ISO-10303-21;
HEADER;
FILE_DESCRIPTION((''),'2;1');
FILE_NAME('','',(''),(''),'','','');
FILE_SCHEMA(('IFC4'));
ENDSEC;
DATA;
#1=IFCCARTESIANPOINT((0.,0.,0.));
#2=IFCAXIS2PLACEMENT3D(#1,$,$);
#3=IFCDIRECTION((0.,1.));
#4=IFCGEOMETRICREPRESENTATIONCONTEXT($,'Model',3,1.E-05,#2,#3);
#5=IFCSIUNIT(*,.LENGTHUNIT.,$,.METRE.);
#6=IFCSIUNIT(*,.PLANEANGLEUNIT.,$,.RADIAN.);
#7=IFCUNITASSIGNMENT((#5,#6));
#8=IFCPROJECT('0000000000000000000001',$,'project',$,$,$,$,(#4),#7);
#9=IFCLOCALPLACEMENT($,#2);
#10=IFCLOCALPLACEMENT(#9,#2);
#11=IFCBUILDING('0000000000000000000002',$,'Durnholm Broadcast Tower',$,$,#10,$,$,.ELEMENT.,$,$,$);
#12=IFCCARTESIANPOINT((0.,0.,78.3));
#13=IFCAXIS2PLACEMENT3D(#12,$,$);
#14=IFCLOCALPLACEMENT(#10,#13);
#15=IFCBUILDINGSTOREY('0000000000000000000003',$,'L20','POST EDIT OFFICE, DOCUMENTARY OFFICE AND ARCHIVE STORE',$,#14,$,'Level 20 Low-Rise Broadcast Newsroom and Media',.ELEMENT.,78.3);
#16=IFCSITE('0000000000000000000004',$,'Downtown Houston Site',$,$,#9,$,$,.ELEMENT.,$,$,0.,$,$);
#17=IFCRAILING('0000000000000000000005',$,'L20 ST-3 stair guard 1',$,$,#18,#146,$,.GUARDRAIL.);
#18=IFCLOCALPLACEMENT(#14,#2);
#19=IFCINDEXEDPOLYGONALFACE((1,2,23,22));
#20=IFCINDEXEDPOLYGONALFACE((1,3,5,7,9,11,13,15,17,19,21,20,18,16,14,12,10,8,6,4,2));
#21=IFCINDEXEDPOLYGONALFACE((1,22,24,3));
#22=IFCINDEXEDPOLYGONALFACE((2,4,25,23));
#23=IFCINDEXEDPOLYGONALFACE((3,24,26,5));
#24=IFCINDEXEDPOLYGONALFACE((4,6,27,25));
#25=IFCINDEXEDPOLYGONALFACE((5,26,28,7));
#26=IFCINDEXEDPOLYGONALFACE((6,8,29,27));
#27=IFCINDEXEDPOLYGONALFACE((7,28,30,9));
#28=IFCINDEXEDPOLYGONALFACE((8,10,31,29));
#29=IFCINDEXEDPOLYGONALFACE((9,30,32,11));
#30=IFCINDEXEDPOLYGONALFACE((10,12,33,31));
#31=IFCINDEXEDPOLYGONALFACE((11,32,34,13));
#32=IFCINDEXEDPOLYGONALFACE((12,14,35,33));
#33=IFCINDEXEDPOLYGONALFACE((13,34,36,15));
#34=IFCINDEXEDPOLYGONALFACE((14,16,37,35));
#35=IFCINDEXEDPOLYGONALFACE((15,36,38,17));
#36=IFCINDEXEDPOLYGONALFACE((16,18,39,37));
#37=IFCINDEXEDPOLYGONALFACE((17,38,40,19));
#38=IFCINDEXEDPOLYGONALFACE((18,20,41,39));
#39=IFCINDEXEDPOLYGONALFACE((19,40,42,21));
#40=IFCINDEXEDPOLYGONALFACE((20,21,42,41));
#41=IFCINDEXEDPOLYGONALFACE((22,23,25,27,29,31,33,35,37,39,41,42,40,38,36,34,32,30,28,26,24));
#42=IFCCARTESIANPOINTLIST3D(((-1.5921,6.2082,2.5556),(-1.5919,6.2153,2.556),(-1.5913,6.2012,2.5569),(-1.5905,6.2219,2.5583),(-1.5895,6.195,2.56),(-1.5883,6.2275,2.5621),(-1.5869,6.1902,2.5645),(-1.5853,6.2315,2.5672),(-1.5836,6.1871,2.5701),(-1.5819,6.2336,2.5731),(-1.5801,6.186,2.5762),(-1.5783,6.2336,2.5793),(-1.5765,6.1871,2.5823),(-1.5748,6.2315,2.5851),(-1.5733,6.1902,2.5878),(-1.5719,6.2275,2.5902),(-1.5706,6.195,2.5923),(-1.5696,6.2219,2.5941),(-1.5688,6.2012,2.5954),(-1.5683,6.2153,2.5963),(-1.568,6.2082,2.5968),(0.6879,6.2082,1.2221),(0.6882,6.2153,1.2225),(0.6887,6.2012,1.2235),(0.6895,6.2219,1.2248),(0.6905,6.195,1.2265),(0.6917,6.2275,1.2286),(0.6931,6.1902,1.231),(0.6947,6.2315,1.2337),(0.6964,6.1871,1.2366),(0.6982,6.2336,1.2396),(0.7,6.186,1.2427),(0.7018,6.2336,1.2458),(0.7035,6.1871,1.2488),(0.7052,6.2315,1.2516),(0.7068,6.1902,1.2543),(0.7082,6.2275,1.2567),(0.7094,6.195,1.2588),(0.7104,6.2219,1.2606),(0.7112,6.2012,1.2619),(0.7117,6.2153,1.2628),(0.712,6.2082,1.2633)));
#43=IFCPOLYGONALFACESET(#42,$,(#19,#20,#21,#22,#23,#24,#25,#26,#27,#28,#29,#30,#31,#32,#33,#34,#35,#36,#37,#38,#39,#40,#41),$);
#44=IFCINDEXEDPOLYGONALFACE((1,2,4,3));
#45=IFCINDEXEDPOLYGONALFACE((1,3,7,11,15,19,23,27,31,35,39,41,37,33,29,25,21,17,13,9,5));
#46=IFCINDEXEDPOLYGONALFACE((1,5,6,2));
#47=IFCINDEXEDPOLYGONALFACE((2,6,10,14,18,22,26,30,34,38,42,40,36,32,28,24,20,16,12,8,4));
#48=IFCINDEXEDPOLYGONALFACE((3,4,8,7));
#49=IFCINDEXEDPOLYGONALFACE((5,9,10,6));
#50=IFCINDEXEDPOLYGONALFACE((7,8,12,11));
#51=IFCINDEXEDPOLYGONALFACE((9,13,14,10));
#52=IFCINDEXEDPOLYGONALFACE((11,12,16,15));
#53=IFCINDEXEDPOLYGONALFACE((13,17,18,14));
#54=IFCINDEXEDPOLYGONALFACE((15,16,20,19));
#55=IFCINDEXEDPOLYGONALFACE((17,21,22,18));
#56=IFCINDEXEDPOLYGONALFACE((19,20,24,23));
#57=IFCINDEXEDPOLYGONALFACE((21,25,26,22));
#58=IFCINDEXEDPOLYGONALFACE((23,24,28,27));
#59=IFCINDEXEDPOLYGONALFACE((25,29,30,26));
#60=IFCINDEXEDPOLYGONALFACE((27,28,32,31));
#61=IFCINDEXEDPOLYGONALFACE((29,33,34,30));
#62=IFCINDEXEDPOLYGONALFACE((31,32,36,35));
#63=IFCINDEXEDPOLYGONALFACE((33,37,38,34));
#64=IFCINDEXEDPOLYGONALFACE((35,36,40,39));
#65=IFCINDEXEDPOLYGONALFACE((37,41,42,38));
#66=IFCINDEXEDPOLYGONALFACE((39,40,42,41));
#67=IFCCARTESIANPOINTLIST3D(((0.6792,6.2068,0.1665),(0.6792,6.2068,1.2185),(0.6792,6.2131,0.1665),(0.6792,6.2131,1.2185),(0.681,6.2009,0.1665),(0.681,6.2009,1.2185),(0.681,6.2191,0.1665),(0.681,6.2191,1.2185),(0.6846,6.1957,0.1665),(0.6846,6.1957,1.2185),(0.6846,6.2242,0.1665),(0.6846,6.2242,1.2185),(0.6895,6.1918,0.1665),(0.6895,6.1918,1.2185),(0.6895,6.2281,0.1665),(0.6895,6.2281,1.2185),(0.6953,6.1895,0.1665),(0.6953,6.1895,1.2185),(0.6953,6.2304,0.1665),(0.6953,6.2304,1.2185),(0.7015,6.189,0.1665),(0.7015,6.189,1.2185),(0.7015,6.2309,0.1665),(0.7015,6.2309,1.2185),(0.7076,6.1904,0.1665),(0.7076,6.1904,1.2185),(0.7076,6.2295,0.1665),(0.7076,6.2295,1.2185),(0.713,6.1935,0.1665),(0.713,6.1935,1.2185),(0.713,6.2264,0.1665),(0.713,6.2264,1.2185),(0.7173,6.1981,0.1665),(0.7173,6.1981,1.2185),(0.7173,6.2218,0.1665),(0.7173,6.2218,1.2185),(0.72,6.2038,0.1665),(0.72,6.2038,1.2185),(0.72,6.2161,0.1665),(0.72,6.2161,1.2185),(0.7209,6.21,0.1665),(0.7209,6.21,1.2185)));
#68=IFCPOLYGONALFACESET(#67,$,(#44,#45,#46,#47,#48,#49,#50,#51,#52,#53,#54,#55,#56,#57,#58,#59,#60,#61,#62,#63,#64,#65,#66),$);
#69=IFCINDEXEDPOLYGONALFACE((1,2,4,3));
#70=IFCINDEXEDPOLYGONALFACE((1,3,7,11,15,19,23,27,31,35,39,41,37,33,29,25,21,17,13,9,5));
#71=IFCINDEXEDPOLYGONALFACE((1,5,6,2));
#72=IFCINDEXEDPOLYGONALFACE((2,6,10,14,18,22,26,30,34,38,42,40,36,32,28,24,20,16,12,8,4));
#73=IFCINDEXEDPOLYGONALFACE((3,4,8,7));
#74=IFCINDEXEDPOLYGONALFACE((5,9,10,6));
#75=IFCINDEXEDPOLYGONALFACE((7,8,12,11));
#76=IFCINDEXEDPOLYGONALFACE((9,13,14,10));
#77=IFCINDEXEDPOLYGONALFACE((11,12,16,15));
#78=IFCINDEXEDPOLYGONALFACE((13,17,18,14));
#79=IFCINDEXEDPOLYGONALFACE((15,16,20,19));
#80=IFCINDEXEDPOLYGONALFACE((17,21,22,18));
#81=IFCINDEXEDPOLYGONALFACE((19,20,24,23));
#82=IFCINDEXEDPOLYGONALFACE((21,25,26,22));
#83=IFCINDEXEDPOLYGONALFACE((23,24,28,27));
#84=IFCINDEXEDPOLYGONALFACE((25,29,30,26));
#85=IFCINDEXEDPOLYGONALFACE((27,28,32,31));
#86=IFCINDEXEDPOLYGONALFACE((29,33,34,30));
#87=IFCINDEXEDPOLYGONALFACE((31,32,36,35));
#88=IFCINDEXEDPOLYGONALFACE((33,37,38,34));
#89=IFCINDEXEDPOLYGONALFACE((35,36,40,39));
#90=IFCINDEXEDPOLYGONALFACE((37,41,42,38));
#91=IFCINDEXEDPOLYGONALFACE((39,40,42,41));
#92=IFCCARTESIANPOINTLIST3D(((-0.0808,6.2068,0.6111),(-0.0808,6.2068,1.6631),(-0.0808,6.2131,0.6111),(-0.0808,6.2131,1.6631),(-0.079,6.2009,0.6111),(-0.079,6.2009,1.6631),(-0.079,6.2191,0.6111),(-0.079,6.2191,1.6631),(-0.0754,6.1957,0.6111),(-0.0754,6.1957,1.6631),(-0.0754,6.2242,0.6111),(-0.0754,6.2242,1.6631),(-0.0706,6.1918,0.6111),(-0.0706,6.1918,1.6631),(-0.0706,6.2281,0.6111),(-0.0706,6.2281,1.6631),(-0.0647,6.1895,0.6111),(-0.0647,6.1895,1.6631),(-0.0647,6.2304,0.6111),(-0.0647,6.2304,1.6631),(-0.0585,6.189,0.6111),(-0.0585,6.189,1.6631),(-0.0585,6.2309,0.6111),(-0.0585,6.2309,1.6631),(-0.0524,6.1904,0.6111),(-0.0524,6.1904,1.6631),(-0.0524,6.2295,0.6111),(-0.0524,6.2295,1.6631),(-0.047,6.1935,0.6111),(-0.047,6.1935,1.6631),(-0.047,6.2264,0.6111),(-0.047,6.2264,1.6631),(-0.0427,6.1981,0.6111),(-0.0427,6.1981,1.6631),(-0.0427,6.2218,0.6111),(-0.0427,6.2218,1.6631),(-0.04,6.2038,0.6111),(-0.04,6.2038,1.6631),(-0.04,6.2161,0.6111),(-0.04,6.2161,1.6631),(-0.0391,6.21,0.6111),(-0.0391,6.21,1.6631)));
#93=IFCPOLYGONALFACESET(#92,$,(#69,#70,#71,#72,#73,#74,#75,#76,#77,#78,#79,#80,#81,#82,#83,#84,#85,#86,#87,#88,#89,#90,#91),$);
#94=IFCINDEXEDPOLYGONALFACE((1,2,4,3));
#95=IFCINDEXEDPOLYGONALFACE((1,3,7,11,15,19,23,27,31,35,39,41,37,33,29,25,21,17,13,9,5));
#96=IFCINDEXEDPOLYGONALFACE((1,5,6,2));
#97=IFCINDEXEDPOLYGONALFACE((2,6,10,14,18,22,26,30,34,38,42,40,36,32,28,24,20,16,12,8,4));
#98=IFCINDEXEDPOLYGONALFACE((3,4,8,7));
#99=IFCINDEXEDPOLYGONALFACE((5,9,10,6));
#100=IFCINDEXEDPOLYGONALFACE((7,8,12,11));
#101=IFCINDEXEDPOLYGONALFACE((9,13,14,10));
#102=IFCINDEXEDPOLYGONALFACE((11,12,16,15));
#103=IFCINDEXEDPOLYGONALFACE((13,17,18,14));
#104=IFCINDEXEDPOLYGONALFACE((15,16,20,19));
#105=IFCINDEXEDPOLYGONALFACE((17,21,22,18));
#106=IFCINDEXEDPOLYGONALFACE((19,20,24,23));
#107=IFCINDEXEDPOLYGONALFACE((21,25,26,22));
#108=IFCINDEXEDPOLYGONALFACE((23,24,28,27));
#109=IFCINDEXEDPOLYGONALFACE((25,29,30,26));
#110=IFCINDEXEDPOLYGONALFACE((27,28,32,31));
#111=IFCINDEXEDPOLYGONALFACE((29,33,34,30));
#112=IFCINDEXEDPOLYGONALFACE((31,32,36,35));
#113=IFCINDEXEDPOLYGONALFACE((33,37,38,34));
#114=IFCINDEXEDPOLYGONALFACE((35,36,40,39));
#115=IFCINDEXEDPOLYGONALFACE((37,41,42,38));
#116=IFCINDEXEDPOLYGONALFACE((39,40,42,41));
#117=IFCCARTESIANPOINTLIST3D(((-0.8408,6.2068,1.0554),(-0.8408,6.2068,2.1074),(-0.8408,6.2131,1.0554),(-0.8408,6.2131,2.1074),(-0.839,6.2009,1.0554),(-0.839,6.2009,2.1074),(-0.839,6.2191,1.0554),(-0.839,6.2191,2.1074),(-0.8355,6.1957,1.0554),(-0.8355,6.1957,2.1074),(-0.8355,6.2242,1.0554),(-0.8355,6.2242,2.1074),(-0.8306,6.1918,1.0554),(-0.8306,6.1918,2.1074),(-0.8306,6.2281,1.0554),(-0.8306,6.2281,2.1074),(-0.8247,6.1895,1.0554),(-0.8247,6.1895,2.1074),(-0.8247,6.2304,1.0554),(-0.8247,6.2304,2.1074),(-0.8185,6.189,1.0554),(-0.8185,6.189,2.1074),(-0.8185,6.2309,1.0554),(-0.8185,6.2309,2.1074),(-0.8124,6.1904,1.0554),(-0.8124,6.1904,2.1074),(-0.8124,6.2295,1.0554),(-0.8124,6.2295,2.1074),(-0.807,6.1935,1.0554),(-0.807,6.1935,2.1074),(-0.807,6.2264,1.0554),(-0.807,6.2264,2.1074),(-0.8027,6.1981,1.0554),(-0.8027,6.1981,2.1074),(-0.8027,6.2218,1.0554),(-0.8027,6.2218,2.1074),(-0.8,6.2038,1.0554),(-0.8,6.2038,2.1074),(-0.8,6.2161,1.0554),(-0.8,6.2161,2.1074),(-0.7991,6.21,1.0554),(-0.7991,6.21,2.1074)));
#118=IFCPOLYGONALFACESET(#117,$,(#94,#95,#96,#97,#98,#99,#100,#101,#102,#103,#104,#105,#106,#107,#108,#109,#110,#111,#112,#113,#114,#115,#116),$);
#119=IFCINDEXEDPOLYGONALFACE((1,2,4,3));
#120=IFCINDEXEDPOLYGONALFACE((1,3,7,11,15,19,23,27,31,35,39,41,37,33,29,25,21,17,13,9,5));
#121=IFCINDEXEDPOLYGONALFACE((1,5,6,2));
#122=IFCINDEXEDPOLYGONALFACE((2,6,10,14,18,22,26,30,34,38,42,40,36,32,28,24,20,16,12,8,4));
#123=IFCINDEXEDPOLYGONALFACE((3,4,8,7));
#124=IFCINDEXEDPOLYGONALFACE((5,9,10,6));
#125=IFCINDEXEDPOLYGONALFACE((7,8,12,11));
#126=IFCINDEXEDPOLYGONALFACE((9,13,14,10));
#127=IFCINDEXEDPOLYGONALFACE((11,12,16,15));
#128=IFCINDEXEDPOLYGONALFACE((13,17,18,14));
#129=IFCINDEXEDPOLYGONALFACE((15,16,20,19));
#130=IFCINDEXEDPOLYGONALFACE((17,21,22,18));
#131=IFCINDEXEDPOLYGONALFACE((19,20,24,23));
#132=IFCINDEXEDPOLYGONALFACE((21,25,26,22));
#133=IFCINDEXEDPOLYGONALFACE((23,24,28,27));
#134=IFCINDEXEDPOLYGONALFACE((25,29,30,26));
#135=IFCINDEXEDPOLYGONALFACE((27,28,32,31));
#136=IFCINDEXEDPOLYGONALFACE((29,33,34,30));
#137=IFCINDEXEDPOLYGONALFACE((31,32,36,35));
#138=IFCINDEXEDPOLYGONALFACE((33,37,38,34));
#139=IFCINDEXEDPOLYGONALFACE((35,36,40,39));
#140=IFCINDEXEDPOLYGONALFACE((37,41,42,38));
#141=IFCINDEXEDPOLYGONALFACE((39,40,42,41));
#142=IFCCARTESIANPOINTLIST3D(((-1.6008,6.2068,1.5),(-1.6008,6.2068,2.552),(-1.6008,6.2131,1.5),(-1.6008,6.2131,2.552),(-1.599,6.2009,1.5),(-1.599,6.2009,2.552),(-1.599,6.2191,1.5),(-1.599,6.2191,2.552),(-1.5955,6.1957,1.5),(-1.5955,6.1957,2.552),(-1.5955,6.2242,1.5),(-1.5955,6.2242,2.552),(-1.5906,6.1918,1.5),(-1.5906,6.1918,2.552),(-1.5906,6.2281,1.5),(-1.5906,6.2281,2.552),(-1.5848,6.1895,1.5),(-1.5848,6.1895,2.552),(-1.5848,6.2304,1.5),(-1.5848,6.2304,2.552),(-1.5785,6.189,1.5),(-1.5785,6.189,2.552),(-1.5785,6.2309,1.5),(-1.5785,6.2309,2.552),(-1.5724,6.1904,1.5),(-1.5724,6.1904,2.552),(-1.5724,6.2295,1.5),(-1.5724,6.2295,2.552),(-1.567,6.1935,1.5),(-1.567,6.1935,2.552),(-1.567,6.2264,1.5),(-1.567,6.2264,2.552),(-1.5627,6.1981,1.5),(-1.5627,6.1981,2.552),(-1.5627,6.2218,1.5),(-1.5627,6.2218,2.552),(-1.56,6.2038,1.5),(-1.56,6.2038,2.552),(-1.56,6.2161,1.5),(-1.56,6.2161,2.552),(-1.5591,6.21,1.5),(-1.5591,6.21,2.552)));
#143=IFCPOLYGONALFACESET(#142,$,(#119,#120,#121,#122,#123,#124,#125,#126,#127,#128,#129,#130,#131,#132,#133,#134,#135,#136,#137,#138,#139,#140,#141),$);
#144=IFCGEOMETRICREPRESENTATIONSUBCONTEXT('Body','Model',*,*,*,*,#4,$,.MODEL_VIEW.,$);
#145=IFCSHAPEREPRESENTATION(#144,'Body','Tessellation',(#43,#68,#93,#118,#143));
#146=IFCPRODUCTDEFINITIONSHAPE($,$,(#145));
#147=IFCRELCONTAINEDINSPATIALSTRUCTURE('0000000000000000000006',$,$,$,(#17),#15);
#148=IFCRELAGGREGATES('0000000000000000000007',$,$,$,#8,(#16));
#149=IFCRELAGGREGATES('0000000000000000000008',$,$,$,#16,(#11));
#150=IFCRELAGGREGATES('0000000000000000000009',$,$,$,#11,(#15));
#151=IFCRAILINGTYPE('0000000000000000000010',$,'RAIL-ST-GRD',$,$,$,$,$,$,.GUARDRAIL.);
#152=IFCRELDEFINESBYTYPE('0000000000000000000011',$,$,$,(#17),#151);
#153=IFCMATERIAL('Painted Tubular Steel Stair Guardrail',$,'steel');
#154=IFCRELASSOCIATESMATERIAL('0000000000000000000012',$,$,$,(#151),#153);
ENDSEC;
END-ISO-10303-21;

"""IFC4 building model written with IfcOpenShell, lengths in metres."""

from ifc_helpers import new_model, si_unit, direction, frame, origin, origin_2d, place, context, subcontext, project, spatial, circle, extrude, material, type_object, element, save


model = new_model("IFC4")

# Units and contexts
model_context = context("Model", 3, precision=1e-05, world=origin(), true_north=direction((0.0, 1.0)))
body_context = subcontext(model_context, "Body", "Model", "MODEL_VIEW")
ifc_project = project(units=[si_unit("LENGTHUNIT", "METRE"), si_unit("PLANEANGLEUNIT", "RADIAN")], contexts=[model_context])

# Site, building, storey
site_placement = place(None, origin())
site = spatial("IfcSite", under=ifc_project, at=site_placement, Name="Downtown Houston Site", CompositionType="ELEMENT", RefElevation=0.0)
building_placement = place(site_placement, origin())
building = spatial("IfcBuilding", under=site, at=building_placement, Name="Durnholm Broadcast Tower", CompositionType="ELEMENT")
storey_placement = place(building_placement, frame((0.0, 0.0, 78.3)))
storey = spatial("IfcBuildingStorey", under=building, at=storey_placement, Name="L20", Description="POST EDIT OFFICE, DOCUMENTARY OFFICE AND ARCHIVE STORE", LongName="Level 20 Low-Rise Broadcast Newsroom and Media", CompositionType="ELEMENT", Elevation=78.3)

# Railing
ifc_material_1 = material(Name="Painted Tubular Steel Stair Guardrail", Category="steel")
railing_type_1 = type_object("IfcRailingType", Name="RAIL-ST-GRD", PredefinedType="GUARDRAIL", material=ifc_material_1)
railing_1_placement = place(storey_placement, frame((0.7, 6.21, 0.1665)))
element("IfcRailing", 1, at=railing_1_placement, inside=storey, type_object=railing_type_1, Name="L20 ST-3 stair guard 1", PredefinedType="GUARDRAIL", context=body_context, shape_type="SweptSolid", body=[
    extrude(circle(Radius=0.0239, at=origin_2d()), frame((0.0, 0.0, 1.0762), z_axis=(-0.863205, 0.0, 0.504853), x_axis=(0.0, -1.0, 0.0)), (0.0, 0.0, 1.0), 2.6414),
    extrude(circle(Radius=0.021, at=origin_2d()), origin(), (0.0, 0.0, 1.0), 1.052),
    extrude(circle(Radius=0.021, at=origin_2d()), frame((-0.76, 0.0, 0.4446)), (0.0, 0.0, 1.0), 1.052),
    extrude(circle(Radius=0.021, at=origin_2d()), frame((-1.52, 0.0, 0.8889)), (0.0, 0.0, 1.0), 1.052),
    extrude(circle(Radius=0.021, at=origin_2d()), frame((-2.28, 0.0, 1.3335)), (0.0, 0.0, 1.0), 1.052),
])

save(model, "model.ifc")
